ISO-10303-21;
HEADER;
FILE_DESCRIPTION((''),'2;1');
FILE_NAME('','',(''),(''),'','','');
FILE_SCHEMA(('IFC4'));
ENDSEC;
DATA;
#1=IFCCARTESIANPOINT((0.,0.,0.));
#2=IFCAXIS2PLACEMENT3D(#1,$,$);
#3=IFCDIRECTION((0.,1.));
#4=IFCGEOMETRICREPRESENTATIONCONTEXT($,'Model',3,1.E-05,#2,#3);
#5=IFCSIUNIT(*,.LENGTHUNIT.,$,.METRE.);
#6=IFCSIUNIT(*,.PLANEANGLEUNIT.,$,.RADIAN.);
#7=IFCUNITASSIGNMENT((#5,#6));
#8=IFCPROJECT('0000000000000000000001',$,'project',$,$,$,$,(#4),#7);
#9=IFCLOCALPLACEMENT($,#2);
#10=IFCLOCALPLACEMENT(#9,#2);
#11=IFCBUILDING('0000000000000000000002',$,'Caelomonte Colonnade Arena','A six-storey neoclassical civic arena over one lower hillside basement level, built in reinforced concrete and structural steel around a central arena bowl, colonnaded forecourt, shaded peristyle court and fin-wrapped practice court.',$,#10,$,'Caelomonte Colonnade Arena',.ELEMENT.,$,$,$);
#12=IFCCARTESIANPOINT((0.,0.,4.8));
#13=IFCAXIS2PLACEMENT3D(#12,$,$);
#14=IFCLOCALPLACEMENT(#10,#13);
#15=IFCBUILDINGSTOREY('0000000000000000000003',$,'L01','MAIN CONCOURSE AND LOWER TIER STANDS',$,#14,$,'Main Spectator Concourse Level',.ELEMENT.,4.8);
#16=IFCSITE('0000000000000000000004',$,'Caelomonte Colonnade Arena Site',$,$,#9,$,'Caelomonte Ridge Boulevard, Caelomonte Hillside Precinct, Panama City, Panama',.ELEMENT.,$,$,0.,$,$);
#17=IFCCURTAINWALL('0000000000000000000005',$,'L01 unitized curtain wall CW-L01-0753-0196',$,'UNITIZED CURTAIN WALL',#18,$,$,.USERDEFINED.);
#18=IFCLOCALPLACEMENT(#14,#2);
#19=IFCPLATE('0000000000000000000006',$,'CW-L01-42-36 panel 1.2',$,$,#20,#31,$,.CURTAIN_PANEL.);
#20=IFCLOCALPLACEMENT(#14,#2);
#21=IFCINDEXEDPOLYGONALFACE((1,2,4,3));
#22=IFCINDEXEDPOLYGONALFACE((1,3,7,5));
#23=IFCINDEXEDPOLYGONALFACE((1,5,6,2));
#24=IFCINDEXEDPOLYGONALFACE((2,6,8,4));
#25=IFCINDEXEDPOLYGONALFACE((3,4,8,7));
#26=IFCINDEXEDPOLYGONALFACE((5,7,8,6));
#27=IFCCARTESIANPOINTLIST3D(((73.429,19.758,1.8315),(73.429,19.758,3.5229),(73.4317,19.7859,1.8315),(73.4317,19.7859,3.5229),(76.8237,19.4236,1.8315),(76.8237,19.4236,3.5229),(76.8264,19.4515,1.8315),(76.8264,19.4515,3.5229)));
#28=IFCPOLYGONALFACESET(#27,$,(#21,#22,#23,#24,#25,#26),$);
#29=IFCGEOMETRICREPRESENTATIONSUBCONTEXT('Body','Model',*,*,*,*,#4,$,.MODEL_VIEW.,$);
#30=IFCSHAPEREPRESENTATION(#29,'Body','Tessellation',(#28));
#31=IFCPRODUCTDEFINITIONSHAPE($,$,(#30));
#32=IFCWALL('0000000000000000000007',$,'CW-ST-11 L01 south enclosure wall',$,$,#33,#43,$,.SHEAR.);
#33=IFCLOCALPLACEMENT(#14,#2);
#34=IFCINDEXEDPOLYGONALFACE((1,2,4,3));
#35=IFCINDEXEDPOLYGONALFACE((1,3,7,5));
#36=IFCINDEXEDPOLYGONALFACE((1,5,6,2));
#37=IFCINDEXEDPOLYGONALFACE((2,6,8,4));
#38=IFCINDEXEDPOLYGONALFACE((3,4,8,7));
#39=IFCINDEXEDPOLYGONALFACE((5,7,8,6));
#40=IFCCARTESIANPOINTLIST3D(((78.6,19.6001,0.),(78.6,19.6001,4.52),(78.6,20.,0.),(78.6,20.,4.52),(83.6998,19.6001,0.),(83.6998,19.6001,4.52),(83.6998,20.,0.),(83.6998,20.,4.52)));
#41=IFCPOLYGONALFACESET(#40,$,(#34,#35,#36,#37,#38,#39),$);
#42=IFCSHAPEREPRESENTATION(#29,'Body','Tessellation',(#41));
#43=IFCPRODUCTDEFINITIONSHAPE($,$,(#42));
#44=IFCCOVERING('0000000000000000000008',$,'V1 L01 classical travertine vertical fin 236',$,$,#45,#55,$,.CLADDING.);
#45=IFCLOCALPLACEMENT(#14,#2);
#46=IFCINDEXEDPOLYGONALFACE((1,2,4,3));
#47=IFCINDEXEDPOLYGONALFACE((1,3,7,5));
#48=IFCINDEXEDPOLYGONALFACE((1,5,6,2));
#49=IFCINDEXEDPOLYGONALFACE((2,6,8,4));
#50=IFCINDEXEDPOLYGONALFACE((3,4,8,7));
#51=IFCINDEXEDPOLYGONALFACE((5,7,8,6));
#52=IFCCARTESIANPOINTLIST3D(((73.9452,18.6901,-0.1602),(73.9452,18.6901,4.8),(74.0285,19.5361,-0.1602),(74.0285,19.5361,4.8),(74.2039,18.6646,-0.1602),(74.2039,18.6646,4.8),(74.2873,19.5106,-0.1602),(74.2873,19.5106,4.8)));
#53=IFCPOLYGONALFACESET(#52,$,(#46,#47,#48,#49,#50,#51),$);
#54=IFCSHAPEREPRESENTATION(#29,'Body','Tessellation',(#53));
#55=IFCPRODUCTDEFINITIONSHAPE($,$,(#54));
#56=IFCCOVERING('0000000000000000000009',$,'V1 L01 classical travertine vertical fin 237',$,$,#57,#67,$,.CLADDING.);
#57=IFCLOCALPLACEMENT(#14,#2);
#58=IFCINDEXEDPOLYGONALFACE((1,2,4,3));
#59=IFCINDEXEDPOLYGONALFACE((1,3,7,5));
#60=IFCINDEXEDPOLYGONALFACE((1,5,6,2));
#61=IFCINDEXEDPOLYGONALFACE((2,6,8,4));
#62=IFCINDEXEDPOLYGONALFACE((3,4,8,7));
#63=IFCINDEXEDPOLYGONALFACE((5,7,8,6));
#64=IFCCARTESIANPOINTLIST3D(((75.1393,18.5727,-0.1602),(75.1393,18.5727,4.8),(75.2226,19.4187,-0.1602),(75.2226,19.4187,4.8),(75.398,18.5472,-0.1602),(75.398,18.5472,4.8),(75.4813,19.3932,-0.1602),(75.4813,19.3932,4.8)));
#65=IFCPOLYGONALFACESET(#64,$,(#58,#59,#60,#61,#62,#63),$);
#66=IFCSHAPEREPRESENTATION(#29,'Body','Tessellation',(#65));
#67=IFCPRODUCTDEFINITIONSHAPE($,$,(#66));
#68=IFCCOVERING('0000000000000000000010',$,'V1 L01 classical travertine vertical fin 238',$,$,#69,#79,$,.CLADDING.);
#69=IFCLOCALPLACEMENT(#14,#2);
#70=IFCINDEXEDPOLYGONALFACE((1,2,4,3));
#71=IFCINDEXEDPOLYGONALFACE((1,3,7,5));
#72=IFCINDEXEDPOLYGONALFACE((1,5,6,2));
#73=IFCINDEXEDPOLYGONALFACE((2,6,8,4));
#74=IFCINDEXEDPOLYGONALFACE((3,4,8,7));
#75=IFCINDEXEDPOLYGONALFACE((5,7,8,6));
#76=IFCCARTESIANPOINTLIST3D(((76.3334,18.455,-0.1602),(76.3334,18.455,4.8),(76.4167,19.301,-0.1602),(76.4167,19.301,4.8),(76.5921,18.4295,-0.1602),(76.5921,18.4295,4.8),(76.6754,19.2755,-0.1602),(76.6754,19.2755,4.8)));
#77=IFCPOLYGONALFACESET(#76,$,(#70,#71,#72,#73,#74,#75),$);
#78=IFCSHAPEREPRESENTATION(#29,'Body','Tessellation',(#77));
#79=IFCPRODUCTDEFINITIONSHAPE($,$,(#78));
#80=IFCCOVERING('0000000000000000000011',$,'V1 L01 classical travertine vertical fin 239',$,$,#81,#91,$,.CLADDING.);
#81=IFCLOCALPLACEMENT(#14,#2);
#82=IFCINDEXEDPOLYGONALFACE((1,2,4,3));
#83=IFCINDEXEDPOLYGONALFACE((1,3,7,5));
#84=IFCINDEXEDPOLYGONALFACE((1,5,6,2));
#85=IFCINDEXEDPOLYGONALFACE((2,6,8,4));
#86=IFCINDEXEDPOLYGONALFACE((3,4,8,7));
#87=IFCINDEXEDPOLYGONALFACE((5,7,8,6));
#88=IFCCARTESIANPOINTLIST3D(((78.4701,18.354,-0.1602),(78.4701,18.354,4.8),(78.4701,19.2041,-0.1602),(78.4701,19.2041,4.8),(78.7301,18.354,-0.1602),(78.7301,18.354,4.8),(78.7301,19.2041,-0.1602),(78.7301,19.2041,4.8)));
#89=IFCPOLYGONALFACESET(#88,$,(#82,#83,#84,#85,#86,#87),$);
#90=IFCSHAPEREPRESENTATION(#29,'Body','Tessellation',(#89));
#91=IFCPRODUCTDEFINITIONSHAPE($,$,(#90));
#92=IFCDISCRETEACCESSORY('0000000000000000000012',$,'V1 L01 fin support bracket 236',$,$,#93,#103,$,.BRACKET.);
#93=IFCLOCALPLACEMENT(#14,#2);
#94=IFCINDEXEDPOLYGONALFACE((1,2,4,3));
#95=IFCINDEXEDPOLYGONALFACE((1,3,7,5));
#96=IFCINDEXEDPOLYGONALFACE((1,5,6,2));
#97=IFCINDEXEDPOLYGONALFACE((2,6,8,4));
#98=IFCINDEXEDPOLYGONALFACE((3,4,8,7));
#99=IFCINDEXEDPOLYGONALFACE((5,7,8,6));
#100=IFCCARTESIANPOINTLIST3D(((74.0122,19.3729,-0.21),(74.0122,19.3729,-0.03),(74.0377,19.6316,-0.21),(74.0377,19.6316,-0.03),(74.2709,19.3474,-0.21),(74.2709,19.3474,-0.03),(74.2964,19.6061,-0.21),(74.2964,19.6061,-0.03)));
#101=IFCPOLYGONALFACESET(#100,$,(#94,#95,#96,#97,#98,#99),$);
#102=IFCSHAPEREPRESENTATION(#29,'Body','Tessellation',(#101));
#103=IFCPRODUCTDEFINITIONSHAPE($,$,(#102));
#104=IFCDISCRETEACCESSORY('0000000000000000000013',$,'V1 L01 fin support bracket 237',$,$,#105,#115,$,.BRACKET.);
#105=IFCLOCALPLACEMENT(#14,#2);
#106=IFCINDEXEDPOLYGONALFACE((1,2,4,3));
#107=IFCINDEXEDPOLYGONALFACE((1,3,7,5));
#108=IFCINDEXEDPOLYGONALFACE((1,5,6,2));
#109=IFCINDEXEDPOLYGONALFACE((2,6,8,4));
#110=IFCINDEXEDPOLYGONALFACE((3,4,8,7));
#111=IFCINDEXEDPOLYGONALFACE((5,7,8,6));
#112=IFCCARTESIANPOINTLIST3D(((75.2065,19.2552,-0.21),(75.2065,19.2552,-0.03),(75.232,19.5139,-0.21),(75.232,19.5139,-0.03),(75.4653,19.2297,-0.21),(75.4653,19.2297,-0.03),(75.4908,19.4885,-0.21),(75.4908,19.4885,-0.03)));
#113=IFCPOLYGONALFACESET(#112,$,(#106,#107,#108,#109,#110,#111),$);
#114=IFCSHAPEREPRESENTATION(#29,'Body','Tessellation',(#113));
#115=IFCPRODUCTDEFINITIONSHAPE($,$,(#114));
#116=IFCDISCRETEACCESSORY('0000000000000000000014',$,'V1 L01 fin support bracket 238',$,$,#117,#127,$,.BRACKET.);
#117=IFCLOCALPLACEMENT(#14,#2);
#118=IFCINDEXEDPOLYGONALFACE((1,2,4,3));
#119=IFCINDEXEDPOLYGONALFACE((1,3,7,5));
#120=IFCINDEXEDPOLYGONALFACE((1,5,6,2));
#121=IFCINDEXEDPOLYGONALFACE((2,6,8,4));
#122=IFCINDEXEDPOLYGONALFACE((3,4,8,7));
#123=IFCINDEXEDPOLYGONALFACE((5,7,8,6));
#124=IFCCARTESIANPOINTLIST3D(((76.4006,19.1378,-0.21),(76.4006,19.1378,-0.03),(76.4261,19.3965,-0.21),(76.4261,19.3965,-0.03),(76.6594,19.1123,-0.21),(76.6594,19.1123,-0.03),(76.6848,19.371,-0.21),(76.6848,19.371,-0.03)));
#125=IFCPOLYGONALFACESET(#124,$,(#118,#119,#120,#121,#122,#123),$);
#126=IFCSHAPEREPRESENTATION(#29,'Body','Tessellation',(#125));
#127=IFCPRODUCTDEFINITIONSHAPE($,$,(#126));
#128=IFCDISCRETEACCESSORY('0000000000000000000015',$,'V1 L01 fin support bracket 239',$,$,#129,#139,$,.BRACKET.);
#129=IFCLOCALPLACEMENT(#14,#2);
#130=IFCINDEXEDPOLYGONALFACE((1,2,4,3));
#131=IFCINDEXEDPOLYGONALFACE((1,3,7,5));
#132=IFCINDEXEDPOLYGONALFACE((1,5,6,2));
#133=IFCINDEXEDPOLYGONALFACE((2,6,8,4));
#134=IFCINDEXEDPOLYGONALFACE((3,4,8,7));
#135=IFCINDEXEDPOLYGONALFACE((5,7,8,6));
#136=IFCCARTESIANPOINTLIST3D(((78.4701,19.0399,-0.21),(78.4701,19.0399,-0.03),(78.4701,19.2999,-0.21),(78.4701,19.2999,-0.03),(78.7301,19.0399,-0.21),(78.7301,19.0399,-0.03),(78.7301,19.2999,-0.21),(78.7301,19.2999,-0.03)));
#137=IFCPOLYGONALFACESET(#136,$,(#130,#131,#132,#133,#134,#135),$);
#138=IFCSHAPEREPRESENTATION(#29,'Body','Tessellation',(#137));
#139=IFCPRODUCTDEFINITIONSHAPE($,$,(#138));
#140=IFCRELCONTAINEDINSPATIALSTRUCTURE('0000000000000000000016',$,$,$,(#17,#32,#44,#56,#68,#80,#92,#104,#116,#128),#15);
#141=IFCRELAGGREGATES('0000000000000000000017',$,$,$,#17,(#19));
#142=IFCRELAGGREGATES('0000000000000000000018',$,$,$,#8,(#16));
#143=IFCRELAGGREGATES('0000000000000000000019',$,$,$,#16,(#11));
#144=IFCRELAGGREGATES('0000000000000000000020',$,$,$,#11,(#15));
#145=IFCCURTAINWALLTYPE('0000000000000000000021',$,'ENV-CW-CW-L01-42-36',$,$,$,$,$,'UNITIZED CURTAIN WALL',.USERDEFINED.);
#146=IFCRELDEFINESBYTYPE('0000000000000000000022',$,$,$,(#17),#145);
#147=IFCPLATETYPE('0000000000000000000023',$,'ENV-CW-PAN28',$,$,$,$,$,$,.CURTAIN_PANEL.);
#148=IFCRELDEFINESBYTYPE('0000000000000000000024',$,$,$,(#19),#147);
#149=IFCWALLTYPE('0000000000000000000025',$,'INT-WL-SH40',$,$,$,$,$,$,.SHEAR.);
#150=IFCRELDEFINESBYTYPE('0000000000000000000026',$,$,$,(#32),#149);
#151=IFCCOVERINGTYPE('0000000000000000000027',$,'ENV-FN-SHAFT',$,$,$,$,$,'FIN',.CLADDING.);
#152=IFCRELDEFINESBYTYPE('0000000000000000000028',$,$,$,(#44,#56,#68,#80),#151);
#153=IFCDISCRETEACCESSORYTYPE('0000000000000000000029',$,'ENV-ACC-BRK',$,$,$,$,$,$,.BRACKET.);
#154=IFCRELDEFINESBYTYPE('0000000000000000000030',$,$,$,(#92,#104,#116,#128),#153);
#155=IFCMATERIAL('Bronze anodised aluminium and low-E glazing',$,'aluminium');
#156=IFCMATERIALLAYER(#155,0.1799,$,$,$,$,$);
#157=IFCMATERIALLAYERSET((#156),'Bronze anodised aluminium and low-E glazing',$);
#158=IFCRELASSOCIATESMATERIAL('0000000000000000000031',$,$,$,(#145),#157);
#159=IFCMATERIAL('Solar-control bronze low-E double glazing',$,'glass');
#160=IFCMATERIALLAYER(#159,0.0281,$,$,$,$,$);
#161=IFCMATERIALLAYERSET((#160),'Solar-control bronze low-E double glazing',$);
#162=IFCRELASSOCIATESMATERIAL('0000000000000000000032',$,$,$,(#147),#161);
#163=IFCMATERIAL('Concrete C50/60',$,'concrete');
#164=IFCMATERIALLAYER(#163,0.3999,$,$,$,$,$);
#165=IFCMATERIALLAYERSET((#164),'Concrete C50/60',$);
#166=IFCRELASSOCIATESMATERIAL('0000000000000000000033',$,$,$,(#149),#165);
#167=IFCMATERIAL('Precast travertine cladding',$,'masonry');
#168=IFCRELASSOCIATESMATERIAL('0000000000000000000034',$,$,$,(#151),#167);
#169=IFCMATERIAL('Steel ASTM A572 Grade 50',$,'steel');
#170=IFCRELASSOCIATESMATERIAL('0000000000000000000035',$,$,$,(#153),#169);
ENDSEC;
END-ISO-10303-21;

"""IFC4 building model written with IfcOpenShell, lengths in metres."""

from ifc_helpers import new_model, si_unit, direction, frame, frame_2d, origin, origin_2d, place, context, subcontext, project, spatial, rectangle, extrude, material, layer, layer_set, material_profile, profile_set, type_object, element, aggregate, save


model = new_model("IFC4")

# Units and contexts
model_context = context("Model", 3, precision=1e-05, world=origin(), true_north=direction((0.0, 1.0)))
body_context = subcontext(model_context, "Body", "Model", "MODEL_VIEW")
ifc_project = project(units=[si_unit("LENGTHUNIT", "METRE"), si_unit("PLANEANGLEUNIT", "RADIAN")], contexts=[model_context])

# Site, building, storey
site_placement = place(None, origin())
site = spatial("IfcSite", under=ifc_project, at=site_placement, Name="Caelomonte Colonnade Arena Site", LongName="Caelomonte Ridge Boulevard, Caelomonte Hillside Precinct, Panama City, Panama", CompositionType="ELEMENT", RefElevation=0.0)
building_placement = place(site_placement, origin())
building = spatial("IfcBuilding", under=site, at=building_placement, Name="Caelomonte Colonnade Arena", Description="A six-storey neoclassical civic arena over one lower hillside basement level, built in reinforced concrete and structural steel around a central arena bowl, colonnaded forecourt, shaded peristyle court and fin-wrapped practice court.", LongName="Caelomonte Colonnade Arena", CompositionType="ELEMENT")
storey_placement = place(building_placement, frame((0.0, 0.0, 4.8)))
storey = spatial("IfcBuildingStorey", under=building, at=storey_placement, Name="L01", Description="MAIN CONCOURSE AND LOWER TIER STANDS", LongName="Main Spectator Concourse Level", CompositionType="ELEMENT", Elevation=4.8)

# Curtain wall
ifc_material_1 = material(Name="Bronze anodised aluminium and low-E glazing", Category="aluminium")
ifc_layer_1 = layer(ifc_material_1, 0.1799)
ifc_layer_set_1 = layer_set([ifc_layer_1], Name="Bronze anodised aluminium and low-E glazing")
curtain_wall_type_1 = type_object("IfcCurtainWallType", Name="ENV-CW-CW-L01-42-36", ElementType="UNITIZED CURTAIN WALL", PredefinedType="USERDEFINED", material=ifc_layer_set_1)
curtain_wall_1_placement = place(storey_placement, origin())
curtain_wall_1 = element("IfcCurtainWall", 1, at=curtain_wall_1_placement, inside=storey, type_object=curtain_wall_type_1, Name="L01 unitized curtain wall CW-L01-0753-0196", ObjectType="UNITIZED CURTAIN WALL", PredefinedType="USERDEFINED")

# Plate
ifc_material_2 = material(Name="Solar-control bronze low-E double glazing", Category="glass")
ifc_layer_2 = layer(ifc_material_2, 0.0281)
ifc_layer_set_2 = layer_set([ifc_layer_2], Name="Solar-control bronze low-E double glazing")
plate_type = type_object("IfcPlateType", Name="ENV-CW-PAN28", PredefinedType="CURTAIN_PANEL", material=ifc_layer_set_2)
plate_1_placement = place(storey_placement, frame((75.1277, 19.6047, 1.8315), z_axis=(0.0, 0.0, 1.0), x_axis=(0.995184, -0.098023, 0.0)))
plate_1 = element("IfcPlate", 2, at=plate_1_placement, type_object=plate_type, Name="CW-L01-42-36 panel 1.2", PredefinedType="CURTAIN_PANEL", context=body_context, shape_type="SweptSolid", body=[
    extrude(rectangle(XDim=3.4111, YDim=0.0281, at=origin_2d()), origin(), (0.0, 0.0, 1.0), 1.6914),
])
aggregate(curtain_wall_1, [plate_1])

# Wall
ifc_material_3 = material(Name="Concrete C50/60", Category="concrete")
ifc_layer_3 = layer(ifc_material_3, 0.3999)
ifc_layer_set_3 = layer_set([ifc_layer_3], Name="Concrete C50/60")
wall_type = type_object("IfcWallType", Name="INT-WL-SH40", PredefinedType="SHEAR", material=ifc_layer_set_3)
wall_placement = place(storey_placement, frame((78.6001, 19.8, 0.0), z_axis=(0.0, 0.0, 1.0), x_axis=(1.0, 0.0, 0.0)))
element("IfcWall", 3, at=wall_placement, inside=storey, type_object=wall_type, Name="CW-ST-11 L01 south enclosure wall", PredefinedType="SHEAR", context=body_context, shape_type="SweptSolid", body=[
    extrude(rectangle(XDim=5.0999, YDim=0.3999, at=frame_2d((2.5498, 0.0))), origin(), (0.0, 0.0, 1.0), 4.52),
])

# Coverings
ifc_material_4 = material(Name="Precast travertine cladding", Category="masonry")
ifc_material_profile_1 = material_profile(ifc_material_4, rectangle(XDim=0.26, YDim=0.8501, at=origin_2d()), Name="FIN260X850")
ifc_profile_set_1 = profile_set([ifc_material_profile_1], Name="Precast travertine cladding")
covering_type = type_object("IfcCoveringType", Name="ENV-FN-SHAFT", ElementType="FIN", PredefinedType="CLADDING", material=ifc_profile_set_1)
for number, where, z_axis, x_axis, name in (
    (4, (74.1162, 19.1003, -0.1602), (0.0, 0.0, 1.0), (-0.995185, 0.098015, 0.0), "V1 L01 classical travertine vertical fin 236"),
    (5, (75.3103, 18.9829, -0.1602), (0.0, 0.0, 1.0), (-0.995185, 0.098015, 0.0), "V1 L01 classical travertine vertical fin 237"),
    (6, (76.5044, 18.8652, -0.1602), (0.0, 0.0, 1.0), (-0.995185, 0.098015, 0.0), "V1 L01 classical travertine vertical fin 238"),
    (7, (78.6001, 18.7791, -0.1602), (0.0, 0.0, 1.0), (-1.0, 0.0, 0.0), "V1 L01 classical travertine vertical fin 239"),
):
    element("IfcCovering", number, at=place(storey_placement, frame(where, z_axis=z_axis, x_axis=x_axis)), inside=storey, type_object=covering_type, Name=name, PredefinedType="CLADDING", context=body_context, shape_type="SweptSolid", body=[
        extrude(rectangle(XDim=0.26, YDim=0.8501, at=origin_2d()), origin(), (0.0, 0.0, 1.0), 4.9602),
    ])

# Discrete accessories
ifc_material_5 = material(Name="Steel ASTM A572 Grade 50", Category="steel")
discrete_accessory_type = type_object("IfcDiscreteAccessoryType", Name="ENV-ACC-BRK", PredefinedType="BRACKET", material=ifc_material_5)
for number, where, z_axis, x_axis, name in (
    (8, (74.1543, 19.4895, -0.21), (0.0, 0.0, 1.0), (0.995185, -0.098015, 0.0), "V1 L01 fin support bracket 236"),
    (9, (75.3486, 19.3718, -0.21), (0.0, 0.0, 1.0), (0.995185, -0.098015, 0.0), "V1 L01 fin support bracket 237"),
    (10, (76.5427, 19.2544, -0.21), (0.0, 0.0, 1.0), (0.995185, -0.098015, 0.0), "V1 L01 fin support bracket 238"),
    (11, (78.6001, 19.1699, -0.21), (0.0, 0.0, 1.0), (1.0, 0.0, 0.0), "V1 L01 fin support bracket 239"),
):
    element("IfcDiscreteAccessory", number, at=place(storey_placement, frame(where, z_axis=z_axis, x_axis=x_axis)), inside=storey, type_object=discrete_accessory_type, Name=name, PredefinedType="BRACKET", context=body_context, shape_type="SweptSolid", body=[
        extrude(rectangle(XDim=0.26, YDim=0.26, at=origin_2d()), origin(), (0.0, 0.0, 1.0), 0.1799),
    ])

save(model, "model.ifc")
